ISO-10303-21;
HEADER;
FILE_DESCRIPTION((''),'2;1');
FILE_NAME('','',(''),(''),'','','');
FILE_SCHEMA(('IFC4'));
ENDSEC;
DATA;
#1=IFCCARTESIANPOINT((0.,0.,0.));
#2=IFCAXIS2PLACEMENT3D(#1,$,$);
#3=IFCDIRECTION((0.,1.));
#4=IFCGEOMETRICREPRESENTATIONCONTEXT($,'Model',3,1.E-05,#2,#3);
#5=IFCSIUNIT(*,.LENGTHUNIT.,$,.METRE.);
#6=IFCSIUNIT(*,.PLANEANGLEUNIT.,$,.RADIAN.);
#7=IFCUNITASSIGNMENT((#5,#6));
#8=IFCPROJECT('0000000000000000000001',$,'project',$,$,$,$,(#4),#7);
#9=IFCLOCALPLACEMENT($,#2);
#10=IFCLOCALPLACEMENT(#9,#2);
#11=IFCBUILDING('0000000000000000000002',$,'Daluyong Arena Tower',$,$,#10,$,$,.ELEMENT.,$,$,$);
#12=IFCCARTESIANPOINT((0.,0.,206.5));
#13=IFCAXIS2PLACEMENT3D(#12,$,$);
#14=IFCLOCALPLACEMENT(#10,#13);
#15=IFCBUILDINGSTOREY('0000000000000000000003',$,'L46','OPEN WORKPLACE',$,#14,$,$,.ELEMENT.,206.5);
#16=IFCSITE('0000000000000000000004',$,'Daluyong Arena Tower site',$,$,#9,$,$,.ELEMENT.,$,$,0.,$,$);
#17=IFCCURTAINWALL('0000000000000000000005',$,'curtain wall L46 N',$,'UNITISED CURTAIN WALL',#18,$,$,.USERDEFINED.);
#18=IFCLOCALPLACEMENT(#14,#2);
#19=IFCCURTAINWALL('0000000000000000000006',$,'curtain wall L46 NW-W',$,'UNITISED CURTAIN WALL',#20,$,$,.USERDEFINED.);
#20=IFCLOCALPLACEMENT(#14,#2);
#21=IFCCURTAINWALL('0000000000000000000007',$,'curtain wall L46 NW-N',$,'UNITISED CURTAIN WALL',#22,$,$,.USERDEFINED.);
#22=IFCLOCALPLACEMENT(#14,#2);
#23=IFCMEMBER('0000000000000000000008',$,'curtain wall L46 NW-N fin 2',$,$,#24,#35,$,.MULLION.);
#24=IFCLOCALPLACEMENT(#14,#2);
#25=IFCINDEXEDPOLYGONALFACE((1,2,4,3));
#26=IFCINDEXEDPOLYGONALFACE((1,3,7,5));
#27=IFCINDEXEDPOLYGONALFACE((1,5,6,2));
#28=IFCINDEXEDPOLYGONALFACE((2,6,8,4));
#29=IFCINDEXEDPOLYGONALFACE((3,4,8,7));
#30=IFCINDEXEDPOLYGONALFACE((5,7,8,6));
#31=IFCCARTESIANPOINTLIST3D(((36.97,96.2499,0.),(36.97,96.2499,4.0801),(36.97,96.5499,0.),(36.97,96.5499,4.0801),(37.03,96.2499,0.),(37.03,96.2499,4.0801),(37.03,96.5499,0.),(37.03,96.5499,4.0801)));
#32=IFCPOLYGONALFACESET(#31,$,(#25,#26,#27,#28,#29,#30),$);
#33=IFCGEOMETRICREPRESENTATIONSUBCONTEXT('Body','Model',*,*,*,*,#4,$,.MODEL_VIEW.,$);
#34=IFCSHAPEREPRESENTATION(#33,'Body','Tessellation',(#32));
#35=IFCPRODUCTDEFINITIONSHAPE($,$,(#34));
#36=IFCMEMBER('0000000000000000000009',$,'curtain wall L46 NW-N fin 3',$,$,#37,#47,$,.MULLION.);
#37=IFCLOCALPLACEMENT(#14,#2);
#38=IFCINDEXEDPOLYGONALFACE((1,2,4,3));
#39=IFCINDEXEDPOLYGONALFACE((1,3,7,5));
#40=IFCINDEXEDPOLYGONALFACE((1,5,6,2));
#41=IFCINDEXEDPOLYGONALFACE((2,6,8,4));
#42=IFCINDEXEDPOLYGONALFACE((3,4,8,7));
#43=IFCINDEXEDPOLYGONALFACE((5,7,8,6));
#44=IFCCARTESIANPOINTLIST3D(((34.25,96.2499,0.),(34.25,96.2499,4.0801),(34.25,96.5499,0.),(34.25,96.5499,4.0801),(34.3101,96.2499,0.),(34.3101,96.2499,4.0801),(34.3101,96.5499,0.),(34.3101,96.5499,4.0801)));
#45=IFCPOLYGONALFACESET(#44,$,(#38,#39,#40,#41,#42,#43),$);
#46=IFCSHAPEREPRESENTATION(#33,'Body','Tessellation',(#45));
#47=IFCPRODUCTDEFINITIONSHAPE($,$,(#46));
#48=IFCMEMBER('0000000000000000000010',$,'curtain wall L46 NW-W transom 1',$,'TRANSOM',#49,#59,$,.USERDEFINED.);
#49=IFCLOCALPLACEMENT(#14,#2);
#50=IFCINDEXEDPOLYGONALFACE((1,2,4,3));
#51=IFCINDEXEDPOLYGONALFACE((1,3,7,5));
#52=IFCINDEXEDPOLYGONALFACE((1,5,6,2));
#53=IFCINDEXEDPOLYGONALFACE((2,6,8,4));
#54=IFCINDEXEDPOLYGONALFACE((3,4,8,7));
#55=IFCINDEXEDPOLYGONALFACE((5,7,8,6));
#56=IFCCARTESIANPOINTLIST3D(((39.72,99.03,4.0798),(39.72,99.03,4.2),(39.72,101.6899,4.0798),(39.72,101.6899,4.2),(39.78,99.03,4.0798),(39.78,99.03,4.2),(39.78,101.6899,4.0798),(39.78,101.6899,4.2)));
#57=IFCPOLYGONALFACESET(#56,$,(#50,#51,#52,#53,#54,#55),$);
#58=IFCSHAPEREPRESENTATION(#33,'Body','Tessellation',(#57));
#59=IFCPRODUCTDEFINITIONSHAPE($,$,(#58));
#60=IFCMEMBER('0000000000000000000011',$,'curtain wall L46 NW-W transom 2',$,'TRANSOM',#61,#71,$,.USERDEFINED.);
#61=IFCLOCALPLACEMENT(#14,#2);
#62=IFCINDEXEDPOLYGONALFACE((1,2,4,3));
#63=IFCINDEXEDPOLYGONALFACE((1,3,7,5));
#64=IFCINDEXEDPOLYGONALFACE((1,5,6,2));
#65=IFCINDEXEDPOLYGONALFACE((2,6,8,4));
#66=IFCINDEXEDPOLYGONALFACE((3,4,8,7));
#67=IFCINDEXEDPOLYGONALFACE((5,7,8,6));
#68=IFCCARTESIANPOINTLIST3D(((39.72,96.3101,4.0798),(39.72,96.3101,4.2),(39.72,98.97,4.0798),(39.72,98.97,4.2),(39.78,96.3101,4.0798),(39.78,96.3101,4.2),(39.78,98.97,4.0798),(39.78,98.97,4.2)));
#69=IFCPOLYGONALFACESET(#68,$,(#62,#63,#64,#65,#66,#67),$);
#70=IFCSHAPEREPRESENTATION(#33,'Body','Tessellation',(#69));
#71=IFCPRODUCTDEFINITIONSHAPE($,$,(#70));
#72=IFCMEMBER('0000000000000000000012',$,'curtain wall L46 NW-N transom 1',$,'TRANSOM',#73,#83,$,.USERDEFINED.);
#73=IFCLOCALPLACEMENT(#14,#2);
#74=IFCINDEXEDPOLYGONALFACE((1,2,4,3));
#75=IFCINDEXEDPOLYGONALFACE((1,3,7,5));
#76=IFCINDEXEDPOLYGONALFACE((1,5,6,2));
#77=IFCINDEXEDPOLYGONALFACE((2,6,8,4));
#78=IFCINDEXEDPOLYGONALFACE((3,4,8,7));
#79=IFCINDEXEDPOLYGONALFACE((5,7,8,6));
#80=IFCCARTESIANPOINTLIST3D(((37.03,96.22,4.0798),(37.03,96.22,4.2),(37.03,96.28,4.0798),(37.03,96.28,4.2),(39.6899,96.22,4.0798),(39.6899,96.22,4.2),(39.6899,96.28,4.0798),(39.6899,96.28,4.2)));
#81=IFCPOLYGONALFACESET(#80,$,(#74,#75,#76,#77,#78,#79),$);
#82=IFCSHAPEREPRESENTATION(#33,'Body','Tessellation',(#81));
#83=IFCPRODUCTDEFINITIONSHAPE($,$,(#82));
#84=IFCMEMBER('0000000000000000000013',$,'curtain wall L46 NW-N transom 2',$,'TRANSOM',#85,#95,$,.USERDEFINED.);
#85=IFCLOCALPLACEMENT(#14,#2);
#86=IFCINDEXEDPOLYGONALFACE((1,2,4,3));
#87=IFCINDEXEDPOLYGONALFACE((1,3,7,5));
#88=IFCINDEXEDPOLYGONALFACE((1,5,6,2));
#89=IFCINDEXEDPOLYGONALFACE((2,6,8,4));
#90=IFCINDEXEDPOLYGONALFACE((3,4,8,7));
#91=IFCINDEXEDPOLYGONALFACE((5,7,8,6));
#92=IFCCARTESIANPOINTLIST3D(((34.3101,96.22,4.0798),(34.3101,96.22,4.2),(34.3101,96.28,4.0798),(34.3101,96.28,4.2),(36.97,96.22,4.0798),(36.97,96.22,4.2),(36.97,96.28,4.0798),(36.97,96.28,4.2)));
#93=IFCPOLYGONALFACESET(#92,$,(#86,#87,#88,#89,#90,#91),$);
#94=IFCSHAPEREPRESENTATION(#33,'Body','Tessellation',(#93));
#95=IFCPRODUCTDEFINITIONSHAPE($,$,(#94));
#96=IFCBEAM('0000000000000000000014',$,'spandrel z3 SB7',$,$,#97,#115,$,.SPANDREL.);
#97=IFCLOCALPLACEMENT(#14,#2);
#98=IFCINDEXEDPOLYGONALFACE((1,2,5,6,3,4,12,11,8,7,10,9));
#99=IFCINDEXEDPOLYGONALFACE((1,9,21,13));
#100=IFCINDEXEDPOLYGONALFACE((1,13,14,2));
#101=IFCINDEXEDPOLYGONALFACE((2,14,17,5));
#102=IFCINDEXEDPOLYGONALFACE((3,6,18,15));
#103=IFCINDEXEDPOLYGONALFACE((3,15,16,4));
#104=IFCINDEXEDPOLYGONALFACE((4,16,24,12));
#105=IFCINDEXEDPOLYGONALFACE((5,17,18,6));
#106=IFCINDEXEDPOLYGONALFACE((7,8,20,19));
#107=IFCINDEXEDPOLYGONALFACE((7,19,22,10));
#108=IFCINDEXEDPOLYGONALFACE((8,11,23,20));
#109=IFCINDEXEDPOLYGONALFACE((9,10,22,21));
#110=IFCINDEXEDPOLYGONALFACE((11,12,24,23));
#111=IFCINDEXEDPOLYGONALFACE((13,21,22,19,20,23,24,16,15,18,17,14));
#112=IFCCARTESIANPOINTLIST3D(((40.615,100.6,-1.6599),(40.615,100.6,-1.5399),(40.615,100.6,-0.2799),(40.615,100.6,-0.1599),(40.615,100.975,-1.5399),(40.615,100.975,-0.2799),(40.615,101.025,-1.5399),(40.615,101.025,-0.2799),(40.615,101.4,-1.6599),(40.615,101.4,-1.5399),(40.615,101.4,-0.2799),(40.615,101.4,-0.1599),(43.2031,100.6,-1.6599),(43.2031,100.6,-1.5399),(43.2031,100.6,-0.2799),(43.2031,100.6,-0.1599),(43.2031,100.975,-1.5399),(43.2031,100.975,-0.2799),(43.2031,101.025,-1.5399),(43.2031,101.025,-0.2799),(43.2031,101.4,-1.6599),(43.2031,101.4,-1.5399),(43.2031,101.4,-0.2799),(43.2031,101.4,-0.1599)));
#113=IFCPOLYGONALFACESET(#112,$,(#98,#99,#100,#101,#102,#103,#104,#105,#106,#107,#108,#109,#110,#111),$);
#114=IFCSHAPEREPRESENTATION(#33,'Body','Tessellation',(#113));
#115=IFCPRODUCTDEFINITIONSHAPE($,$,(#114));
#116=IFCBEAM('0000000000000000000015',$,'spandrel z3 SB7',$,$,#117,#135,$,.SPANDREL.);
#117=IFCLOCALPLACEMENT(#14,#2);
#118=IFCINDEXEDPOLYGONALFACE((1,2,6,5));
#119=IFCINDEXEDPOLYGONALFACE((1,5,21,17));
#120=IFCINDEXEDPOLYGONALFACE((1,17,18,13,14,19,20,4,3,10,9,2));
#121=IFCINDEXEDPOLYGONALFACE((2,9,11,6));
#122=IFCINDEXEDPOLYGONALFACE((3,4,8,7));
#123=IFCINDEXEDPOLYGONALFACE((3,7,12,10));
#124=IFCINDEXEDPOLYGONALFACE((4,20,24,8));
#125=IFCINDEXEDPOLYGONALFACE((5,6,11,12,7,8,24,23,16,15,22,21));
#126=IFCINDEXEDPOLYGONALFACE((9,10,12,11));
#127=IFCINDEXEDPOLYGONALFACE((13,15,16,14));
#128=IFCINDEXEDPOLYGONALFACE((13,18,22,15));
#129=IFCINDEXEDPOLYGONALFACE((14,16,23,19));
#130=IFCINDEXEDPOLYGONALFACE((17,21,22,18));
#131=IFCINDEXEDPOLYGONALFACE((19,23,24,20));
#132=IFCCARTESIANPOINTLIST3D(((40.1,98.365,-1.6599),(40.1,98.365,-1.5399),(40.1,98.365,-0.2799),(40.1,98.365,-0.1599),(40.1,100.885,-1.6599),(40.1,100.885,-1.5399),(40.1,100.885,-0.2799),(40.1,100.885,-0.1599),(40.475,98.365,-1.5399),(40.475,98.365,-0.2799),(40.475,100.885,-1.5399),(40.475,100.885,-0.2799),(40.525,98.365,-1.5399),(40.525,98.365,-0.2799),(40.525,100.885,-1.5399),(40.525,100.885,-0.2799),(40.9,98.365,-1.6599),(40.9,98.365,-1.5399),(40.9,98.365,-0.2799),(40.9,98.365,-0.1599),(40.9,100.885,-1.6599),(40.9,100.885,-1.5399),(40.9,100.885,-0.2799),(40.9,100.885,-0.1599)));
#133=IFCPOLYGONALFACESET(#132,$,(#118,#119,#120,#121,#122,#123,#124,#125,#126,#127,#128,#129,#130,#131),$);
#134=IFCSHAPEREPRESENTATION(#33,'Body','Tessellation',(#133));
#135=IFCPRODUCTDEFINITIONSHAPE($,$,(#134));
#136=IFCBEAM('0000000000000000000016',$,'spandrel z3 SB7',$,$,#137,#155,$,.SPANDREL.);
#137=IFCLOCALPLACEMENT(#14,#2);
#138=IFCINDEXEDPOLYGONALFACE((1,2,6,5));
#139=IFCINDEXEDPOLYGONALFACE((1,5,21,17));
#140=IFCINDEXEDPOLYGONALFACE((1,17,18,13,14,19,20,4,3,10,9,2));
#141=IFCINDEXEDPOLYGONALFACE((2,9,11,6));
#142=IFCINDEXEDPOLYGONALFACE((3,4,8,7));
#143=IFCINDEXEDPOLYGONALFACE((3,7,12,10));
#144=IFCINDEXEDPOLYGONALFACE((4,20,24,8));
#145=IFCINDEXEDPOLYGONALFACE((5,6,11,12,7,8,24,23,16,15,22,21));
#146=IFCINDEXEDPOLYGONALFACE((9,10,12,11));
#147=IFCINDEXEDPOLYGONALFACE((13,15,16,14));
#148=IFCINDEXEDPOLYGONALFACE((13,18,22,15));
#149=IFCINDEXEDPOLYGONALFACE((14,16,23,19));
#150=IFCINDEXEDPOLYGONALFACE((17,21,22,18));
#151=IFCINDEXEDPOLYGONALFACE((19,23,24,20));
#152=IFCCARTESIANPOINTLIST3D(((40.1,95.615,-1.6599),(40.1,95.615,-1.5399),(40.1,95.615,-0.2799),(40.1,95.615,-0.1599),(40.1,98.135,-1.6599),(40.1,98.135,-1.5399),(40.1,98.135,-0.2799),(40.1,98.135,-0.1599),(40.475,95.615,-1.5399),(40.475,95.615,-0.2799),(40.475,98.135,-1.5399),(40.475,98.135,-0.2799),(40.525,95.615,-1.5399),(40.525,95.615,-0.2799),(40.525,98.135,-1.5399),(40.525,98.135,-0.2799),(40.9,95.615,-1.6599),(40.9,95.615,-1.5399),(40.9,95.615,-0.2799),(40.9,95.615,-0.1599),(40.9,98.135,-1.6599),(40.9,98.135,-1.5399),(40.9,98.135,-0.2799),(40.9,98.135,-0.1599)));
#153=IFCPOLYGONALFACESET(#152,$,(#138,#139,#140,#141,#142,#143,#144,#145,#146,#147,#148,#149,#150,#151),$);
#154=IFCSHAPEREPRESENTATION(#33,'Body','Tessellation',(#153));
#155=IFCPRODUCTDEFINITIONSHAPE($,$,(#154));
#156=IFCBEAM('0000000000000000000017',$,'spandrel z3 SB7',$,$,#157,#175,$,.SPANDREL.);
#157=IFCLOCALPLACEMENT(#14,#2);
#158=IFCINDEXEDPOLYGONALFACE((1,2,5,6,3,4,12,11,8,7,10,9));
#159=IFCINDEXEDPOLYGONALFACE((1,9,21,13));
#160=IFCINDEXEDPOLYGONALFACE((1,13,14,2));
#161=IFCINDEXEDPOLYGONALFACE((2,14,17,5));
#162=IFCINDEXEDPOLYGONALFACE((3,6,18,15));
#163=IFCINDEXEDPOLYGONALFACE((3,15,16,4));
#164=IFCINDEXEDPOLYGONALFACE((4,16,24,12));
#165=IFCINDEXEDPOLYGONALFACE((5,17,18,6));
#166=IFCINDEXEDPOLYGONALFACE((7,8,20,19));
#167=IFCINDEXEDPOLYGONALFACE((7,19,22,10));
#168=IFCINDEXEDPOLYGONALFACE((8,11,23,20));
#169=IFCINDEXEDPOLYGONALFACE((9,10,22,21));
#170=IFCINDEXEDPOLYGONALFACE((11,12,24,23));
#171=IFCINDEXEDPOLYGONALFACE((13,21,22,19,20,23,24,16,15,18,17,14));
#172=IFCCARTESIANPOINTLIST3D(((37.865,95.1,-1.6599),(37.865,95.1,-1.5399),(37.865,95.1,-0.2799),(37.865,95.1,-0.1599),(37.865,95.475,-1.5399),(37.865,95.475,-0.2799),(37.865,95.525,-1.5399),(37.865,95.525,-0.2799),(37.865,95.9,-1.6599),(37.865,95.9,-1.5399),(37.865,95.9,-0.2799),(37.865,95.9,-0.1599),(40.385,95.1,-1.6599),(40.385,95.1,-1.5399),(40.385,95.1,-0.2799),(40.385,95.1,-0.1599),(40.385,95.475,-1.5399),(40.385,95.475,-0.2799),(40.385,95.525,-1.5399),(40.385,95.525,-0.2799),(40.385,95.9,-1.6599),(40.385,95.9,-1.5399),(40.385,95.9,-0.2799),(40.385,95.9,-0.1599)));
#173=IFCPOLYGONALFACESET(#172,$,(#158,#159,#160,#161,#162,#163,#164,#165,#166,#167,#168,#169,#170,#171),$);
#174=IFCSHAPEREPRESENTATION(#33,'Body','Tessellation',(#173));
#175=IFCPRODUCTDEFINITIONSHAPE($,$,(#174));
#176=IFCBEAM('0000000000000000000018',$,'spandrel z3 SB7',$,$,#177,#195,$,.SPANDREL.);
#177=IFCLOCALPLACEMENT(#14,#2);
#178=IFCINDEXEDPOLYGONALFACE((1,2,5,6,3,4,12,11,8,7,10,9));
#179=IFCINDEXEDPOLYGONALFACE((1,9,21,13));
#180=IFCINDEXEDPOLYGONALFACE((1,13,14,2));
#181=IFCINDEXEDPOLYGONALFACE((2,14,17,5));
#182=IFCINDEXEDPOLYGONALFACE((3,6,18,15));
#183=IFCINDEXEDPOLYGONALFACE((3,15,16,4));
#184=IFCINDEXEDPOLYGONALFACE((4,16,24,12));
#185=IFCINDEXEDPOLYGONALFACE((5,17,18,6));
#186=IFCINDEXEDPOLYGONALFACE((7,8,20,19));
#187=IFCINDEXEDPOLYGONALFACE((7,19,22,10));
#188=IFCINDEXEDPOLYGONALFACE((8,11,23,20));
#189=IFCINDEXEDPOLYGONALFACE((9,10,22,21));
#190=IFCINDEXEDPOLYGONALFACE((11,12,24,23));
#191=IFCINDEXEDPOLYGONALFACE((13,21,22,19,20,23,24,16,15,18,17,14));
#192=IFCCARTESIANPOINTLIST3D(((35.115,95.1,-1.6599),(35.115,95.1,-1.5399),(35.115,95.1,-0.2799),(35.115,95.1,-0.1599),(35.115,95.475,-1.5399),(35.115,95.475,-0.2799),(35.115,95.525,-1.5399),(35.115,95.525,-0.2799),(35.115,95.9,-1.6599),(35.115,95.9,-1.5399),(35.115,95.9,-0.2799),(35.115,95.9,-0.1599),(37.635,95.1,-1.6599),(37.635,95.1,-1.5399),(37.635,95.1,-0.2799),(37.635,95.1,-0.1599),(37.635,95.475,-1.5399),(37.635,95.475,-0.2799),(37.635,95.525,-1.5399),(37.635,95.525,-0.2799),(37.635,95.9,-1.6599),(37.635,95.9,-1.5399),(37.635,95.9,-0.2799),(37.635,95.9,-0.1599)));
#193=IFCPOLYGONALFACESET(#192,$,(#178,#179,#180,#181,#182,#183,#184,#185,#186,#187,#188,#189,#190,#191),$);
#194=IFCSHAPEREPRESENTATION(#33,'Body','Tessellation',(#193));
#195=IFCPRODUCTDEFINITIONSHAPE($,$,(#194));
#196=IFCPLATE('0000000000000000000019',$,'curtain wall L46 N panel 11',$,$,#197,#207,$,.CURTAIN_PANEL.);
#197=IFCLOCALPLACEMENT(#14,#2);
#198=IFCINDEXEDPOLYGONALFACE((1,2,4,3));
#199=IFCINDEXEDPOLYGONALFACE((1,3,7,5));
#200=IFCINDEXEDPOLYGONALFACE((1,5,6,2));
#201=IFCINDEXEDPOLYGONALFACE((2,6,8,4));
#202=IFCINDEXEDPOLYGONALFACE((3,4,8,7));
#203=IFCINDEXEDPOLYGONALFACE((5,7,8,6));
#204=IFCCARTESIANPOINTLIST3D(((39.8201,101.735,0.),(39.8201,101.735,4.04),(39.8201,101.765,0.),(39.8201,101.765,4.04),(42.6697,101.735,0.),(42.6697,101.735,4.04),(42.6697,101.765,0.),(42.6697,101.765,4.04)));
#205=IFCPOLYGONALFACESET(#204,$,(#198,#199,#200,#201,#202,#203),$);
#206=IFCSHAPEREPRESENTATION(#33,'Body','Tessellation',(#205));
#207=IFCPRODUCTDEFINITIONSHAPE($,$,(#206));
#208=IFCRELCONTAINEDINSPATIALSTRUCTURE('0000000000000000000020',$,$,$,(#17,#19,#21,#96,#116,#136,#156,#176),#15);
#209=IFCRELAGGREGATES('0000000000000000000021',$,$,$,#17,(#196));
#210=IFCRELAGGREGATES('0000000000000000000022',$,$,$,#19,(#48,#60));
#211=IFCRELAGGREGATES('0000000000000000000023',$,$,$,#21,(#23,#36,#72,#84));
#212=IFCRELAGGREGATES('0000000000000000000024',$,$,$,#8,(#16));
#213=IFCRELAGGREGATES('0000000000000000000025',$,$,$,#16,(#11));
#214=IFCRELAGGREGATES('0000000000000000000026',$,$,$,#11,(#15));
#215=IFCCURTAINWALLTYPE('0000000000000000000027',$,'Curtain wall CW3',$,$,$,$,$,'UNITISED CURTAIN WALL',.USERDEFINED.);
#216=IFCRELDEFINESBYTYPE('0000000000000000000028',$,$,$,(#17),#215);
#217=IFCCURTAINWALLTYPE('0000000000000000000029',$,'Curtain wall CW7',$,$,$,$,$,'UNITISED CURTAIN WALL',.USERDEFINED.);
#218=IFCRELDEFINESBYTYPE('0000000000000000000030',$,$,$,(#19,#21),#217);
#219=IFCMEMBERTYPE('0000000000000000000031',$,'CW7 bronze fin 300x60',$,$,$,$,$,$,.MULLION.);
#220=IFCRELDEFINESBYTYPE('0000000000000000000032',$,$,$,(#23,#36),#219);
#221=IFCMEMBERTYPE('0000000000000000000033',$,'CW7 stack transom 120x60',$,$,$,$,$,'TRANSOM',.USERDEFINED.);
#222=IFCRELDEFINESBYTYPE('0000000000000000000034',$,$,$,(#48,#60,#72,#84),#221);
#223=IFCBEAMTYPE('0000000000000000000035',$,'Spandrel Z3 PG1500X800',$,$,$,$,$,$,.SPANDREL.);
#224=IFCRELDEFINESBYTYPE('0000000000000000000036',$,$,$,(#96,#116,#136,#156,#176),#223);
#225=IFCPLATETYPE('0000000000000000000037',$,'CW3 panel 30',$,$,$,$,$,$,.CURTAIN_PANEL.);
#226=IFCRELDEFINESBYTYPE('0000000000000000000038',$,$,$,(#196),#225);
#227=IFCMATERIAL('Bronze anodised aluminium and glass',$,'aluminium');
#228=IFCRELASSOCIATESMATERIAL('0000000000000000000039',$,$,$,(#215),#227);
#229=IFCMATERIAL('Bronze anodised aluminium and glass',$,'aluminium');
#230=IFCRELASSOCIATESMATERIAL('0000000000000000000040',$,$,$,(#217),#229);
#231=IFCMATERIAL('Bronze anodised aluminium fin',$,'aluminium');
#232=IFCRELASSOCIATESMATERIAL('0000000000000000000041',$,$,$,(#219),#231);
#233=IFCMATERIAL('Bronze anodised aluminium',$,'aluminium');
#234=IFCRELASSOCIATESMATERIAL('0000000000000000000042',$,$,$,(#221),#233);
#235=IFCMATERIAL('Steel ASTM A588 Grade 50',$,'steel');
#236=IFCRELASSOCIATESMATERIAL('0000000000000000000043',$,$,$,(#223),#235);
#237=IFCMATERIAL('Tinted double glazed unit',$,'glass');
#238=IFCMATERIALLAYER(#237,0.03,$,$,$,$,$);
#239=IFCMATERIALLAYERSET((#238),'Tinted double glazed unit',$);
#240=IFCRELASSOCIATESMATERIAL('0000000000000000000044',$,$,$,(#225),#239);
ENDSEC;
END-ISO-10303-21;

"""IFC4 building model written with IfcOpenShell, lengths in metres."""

from ifc_helpers import new_model, si_unit, direction, frame, origin, origin_2d, place, context, subcontext, project, spatial, rectangle, i_section, extrude, material, layer, layer_set, material_profile, profile_set, type_object, element, aggregate, save


model = new_model("IFC4")

# Units and contexts
model_context = context("Model", 3, precision=1e-05, world=origin(), true_north=direction((0.0, 1.0)))
body_context = subcontext(model_context, "Body", "Model", "MODEL_VIEW")
ifc_project = project(units=[si_unit("LENGTHUNIT", "METRE"), si_unit("PLANEANGLEUNIT", "RADIAN")], contexts=[model_context])

# Site, building, storey
site_placement = place(None, origin())
site = spatial("IfcSite", under=ifc_project, at=site_placement, Name="Daluyong Arena Tower site", CompositionType="ELEMENT", RefElevation=0.0)
building_placement = place(site_placement, origin())
building = spatial("IfcBuilding", under=site, at=building_placement, Name="Daluyong Arena Tower", CompositionType="ELEMENT")
storey_placement = place(building_placement, frame((0.0, 0.0, 206.5)))
storey = spatial("IfcBuildingStorey", under=building, at=storey_placement, Name="L46", Description="OPEN WORKPLACE", CompositionType="ELEMENT", Elevation=206.5)

# Curtain wall
ifc_material_1 = material(Name="Bronze anodised aluminium and glass", Category="aluminium")
curtain_wall_type_1 = type_object("IfcCurtainWallType", Name="Curtain wall CW3", ElementType="UNITISED CURTAIN WALL", PredefinedType="USERDEFINED", material=ifc_material_1)
curtain_wall_1_placement = place(storey_placement, origin())
curtain_wall_1 = element("IfcCurtainWall", 1, at=curtain_wall_1_placement, inside=storey, type_object=curtain_wall_type_1, Name="curtain wall L46 N", ObjectType="UNITISED CURTAIN WALL", PredefinedType="USERDEFINED")

# Curtain walls, members
ifc_material_2 = material(Name="Bronze anodised aluminium and glass", Category="aluminium")
curtain_wall_type_2 = type_object("IfcCurtainWallType", Name="Curtain wall CW7", ElementType="UNITISED CURTAIN WALL", PredefinedType="USERDEFINED", material=ifc_material_2)
curtain_wall_2_placement = place(storey_placement, origin())
curtain_wall_2 = element("IfcCurtainWall", 2, at=curtain_wall_2_placement, inside=storey, type_object=curtain_wall_type_2, Name="curtain wall L46 NW-W", ObjectType="UNITISED CURTAIN WALL", PredefinedType="USERDEFINED")
ifc_material_3 = material(Name="Bronze anodised aluminium fin", Category="aluminium")
ifc_material_profile_1 = material_profile(ifc_material_3, rectangle(XDim=0.3, YDim=0.0601, at=origin_2d()))
ifc_profile_set_1 = profile_set([ifc_material_profile_1], Name="Bronze anodised aluminium fin")
member_type_1 = type_object("IfcMemberType", Name="CW7 bronze fin 300x60", PredefinedType="MULLION", material=ifc_profile_set_1)
curtain_wall_3_placement = place(storey_placement, origin())
curtain_wall_3 = element("IfcCurtainWall", 3, at=curtain_wall_3_placement, inside=storey, type_object=curtain_wall_type_2, Name="curtain wall L46 NW-N", ObjectType="UNITISED CURTAIN WALL", PredefinedType="USERDEFINED")
member_1_placement = place(storey_placement, frame((37.0, 96.3999, 0.0), z_axis=(0.0, 0.0, 1.0), x_axis=(0.0, -1.0, 0.0)))
member_1 = element("IfcMember", 4, at=member_1_placement, type_object=member_type_1, Name="curtain wall L46 NW-N fin 2", PredefinedType="MULLION", context=body_context, shape_type="SweptSolid", body=[
    extrude(rectangle(XDim=0.3, YDim=0.0601, at=origin_2d()), origin(), (0.0, 0.0, 1.0), 4.0801),
])
member_2_placement = place(storey_placement, frame((34.28, 96.3999, 0.0), z_axis=(0.0, 0.0, 1.0), x_axis=(0.0, -1.0, 0.0)))
member_2 = element("IfcMember", 5, at=member_2_placement, type_object=member_type_1, Name="curtain wall L46 NW-N fin 3", PredefinedType="MULLION", context=body_context, shape_type="SweptSolid", body=[
    extrude(rectangle(XDim=0.3, YDim=0.0601, at=origin_2d()), origin(), (0.0, 0.0, 1.0), 4.0801),
])

# Members
ifc_material_4 = material(Name="Bronze anodised aluminium", Category="aluminium")
ifc_material_profile_2 = material_profile(ifc_material_4, rectangle(XDim=0.0601, YDim=0.1201, at=origin_2d()))
ifc_profile_set_2 = profile_set([ifc_material_profile_2], Name="Bronze anodised aluminium")
member_type_2 = type_object("IfcMemberType", Name="CW7 stack transom 120x60", ElementType="TRANSOM", PredefinedType="USERDEFINED", material=ifc_profile_set_2)
member_3_placement = place(storey_placement, frame((39.75, 101.6899, 4.1399), z_axis=(0.0, -1.0, 0.0), x_axis=(1.0, 0.0, 0.0)))
member_3 = element("IfcMember", 6, at=member_3_placement, type_object=member_type_2, Name="curtain wall L46 NW-W transom 1", ObjectType="TRANSOM", PredefinedType="USERDEFINED", context=body_context, shape_type="SweptSolid", body=[
    extrude(rectangle(XDim=0.0601, YDim=0.1201, at=origin_2d()), origin(), (0.0, 0.0, 1.0), 2.6599),
])
member_4_placement = place(storey_placement, frame((39.75, 98.97, 4.1399), z_axis=(0.0, -1.0, 0.0), x_axis=(1.0, 0.0, 0.0)))
member_4 = element("IfcMember", 7, at=member_4_placement, type_object=member_type_2, Name="curtain wall L46 NW-W transom 2", ObjectType="TRANSOM", PredefinedType="USERDEFINED", context=body_context, shape_type="SweptSolid", body=[
    extrude(rectangle(XDim=0.0601, YDim=0.1201, at=origin_2d()), origin(), (0.0, 0.0, 1.0), 2.6599),
])
member_5_placement = place(storey_placement, frame((39.6899, 96.25, 4.1399), z_axis=(-1.0, 0.0, 0.0), x_axis=(0.0, -1.0, 0.0)))
member_5 = element("IfcMember", 8, at=member_5_placement, type_object=member_type_2, Name="curtain wall L46 NW-N transom 1", ObjectType="TRANSOM", PredefinedType="USERDEFINED", context=body_context, shape_type="SweptSolid", body=[
    extrude(rectangle(XDim=0.0601, YDim=0.1201, at=origin_2d()), origin(), (0.0, 0.0, 1.0), 2.6599),
])
member_6_placement = place(storey_placement, frame((36.97, 96.25, 4.1399), z_axis=(-1.0, 0.0, 0.0), x_axis=(0.0, -1.0, 0.0)))
member_6 = element("IfcMember", 9, at=member_6_placement, type_object=member_type_2, Name="curtain wall L46 NW-N transom 2", ObjectType="TRANSOM", PredefinedType="USERDEFINED", context=body_context, shape_type="SweptSolid", body=[
    extrude(rectangle(XDim=0.0601, YDim=0.1201, at=origin_2d()), origin(), (0.0, 0.0, 1.0), 2.6599),
])

# Beams
ifc_material_5 = material(Name="Steel ASTM A588 Grade 50", Category="steel")
ifc_material_profile_3 = material_profile(ifc_material_5, i_section(OverallWidth=0.8, OverallDepth=1.5, WebThickness=0.05, FlangeThickness=0.12, at=origin_2d()))
ifc_profile_set_3 = profile_set([ifc_material_profile_3], Name="Steel ASTM A588 Grade 50")
beam_type = type_object("IfcBeamType", Name="Spandrel Z3 PG1500X800", PredefinedType="SPANDREL", material=ifc_profile_set_3)
beam_placement = place(storey_placement, frame((43.2031, 101.0, -0.9099), z_axis=(-1.0, 0.0, 0.0), x_axis=(0.0, -1.0, 0.0)))
element("IfcBeam", 10, at=beam_placement, inside=storey, type_object=beam_type, Name="spandrel z3 SB7", PredefinedType="SPANDREL", context=body_context, shape_type="SweptSolid", body=[
    extrude(i_section(OverallWidth=0.8, OverallDepth=1.5, WebThickness=0.05, FlangeThickness=0.12, at=origin_2d()), origin(), (0.0, 0.0, 1.0), 2.5881),
])
for number, where, z_axis, x_axis, name in (
    (11, (40.5, 100.885, -0.9099), (0.0, -1.0, 0.0), (1.0, 0.0, 0.0), "spandrel z3 SB7"),
    (12, (40.5, 98.135, -0.9099), (0.0, -1.0, 0.0), (1.0, 0.0, 0.0), "spandrel z3 SB7"),
    (13, (40.385, 95.5, -0.9099), (-1.0, 0.0, 0.0), (0.0, -1.0, 0.0), "spandrel z3 SB7"),
    (14, (37.635, 95.5, -0.9099), (-1.0, 0.0, 0.0), (0.0, -1.0, 0.0), "spandrel z3 SB7"),
):
    element("IfcBeam", number, at=place(storey_placement, frame(where, z_axis=z_axis, x_axis=x_axis)), inside=storey, type_object=beam_type, Name=name, PredefinedType="SPANDREL", context=body_context, shape_type="SweptSolid", body=[
        extrude(i_section(OverallWidth=0.8, OverallDepth=1.5, WebThickness=0.05, FlangeThickness=0.12, at=origin_2d()), origin(), (0.0, 0.0, 1.0), 2.52),
    ])

# Plate
ifc_material_6 = material(Name="Tinted double glazed unit", Category="glass")
ifc_layer_1 = layer(ifc_material_6, 0.03)
ifc_layer_set_1 = layer_set([ifc_layer_1], Name="Tinted double glazed unit")
plate_type_1 = type_object("IfcPlateType", Name="CW3 panel 30", PredefinedType="CURTAIN_PANEL", material=ifc_layer_set_1)
plate_1_placement = place(storey_placement, frame((41.2449, 101.75, 0.0), z_axis=(0.0, 0.0, 1.0), x_axis=(-1.0, 0.0, 0.0)))
plate_1 = element("IfcPlate", 15, at=plate_1_placement, type_object=plate_type_1, Name="curtain wall L46 N panel 11", PredefinedType="CURTAIN_PANEL", context=body_context, shape_type="SweptSolid", body=[
    extrude(rectangle(XDim=2.8496, YDim=0.03, at=origin_2d()), origin(), (0.0, 0.0, 1.0), 4.04),
])
aggregate(curtain_wall_1, [plate_1])
aggregate(curtain_wall_2, [member_3, member_4])
aggregate(curtain_wall_3, [member_1, member_2, member_5, member_6])

save(model, "model.ifc")
